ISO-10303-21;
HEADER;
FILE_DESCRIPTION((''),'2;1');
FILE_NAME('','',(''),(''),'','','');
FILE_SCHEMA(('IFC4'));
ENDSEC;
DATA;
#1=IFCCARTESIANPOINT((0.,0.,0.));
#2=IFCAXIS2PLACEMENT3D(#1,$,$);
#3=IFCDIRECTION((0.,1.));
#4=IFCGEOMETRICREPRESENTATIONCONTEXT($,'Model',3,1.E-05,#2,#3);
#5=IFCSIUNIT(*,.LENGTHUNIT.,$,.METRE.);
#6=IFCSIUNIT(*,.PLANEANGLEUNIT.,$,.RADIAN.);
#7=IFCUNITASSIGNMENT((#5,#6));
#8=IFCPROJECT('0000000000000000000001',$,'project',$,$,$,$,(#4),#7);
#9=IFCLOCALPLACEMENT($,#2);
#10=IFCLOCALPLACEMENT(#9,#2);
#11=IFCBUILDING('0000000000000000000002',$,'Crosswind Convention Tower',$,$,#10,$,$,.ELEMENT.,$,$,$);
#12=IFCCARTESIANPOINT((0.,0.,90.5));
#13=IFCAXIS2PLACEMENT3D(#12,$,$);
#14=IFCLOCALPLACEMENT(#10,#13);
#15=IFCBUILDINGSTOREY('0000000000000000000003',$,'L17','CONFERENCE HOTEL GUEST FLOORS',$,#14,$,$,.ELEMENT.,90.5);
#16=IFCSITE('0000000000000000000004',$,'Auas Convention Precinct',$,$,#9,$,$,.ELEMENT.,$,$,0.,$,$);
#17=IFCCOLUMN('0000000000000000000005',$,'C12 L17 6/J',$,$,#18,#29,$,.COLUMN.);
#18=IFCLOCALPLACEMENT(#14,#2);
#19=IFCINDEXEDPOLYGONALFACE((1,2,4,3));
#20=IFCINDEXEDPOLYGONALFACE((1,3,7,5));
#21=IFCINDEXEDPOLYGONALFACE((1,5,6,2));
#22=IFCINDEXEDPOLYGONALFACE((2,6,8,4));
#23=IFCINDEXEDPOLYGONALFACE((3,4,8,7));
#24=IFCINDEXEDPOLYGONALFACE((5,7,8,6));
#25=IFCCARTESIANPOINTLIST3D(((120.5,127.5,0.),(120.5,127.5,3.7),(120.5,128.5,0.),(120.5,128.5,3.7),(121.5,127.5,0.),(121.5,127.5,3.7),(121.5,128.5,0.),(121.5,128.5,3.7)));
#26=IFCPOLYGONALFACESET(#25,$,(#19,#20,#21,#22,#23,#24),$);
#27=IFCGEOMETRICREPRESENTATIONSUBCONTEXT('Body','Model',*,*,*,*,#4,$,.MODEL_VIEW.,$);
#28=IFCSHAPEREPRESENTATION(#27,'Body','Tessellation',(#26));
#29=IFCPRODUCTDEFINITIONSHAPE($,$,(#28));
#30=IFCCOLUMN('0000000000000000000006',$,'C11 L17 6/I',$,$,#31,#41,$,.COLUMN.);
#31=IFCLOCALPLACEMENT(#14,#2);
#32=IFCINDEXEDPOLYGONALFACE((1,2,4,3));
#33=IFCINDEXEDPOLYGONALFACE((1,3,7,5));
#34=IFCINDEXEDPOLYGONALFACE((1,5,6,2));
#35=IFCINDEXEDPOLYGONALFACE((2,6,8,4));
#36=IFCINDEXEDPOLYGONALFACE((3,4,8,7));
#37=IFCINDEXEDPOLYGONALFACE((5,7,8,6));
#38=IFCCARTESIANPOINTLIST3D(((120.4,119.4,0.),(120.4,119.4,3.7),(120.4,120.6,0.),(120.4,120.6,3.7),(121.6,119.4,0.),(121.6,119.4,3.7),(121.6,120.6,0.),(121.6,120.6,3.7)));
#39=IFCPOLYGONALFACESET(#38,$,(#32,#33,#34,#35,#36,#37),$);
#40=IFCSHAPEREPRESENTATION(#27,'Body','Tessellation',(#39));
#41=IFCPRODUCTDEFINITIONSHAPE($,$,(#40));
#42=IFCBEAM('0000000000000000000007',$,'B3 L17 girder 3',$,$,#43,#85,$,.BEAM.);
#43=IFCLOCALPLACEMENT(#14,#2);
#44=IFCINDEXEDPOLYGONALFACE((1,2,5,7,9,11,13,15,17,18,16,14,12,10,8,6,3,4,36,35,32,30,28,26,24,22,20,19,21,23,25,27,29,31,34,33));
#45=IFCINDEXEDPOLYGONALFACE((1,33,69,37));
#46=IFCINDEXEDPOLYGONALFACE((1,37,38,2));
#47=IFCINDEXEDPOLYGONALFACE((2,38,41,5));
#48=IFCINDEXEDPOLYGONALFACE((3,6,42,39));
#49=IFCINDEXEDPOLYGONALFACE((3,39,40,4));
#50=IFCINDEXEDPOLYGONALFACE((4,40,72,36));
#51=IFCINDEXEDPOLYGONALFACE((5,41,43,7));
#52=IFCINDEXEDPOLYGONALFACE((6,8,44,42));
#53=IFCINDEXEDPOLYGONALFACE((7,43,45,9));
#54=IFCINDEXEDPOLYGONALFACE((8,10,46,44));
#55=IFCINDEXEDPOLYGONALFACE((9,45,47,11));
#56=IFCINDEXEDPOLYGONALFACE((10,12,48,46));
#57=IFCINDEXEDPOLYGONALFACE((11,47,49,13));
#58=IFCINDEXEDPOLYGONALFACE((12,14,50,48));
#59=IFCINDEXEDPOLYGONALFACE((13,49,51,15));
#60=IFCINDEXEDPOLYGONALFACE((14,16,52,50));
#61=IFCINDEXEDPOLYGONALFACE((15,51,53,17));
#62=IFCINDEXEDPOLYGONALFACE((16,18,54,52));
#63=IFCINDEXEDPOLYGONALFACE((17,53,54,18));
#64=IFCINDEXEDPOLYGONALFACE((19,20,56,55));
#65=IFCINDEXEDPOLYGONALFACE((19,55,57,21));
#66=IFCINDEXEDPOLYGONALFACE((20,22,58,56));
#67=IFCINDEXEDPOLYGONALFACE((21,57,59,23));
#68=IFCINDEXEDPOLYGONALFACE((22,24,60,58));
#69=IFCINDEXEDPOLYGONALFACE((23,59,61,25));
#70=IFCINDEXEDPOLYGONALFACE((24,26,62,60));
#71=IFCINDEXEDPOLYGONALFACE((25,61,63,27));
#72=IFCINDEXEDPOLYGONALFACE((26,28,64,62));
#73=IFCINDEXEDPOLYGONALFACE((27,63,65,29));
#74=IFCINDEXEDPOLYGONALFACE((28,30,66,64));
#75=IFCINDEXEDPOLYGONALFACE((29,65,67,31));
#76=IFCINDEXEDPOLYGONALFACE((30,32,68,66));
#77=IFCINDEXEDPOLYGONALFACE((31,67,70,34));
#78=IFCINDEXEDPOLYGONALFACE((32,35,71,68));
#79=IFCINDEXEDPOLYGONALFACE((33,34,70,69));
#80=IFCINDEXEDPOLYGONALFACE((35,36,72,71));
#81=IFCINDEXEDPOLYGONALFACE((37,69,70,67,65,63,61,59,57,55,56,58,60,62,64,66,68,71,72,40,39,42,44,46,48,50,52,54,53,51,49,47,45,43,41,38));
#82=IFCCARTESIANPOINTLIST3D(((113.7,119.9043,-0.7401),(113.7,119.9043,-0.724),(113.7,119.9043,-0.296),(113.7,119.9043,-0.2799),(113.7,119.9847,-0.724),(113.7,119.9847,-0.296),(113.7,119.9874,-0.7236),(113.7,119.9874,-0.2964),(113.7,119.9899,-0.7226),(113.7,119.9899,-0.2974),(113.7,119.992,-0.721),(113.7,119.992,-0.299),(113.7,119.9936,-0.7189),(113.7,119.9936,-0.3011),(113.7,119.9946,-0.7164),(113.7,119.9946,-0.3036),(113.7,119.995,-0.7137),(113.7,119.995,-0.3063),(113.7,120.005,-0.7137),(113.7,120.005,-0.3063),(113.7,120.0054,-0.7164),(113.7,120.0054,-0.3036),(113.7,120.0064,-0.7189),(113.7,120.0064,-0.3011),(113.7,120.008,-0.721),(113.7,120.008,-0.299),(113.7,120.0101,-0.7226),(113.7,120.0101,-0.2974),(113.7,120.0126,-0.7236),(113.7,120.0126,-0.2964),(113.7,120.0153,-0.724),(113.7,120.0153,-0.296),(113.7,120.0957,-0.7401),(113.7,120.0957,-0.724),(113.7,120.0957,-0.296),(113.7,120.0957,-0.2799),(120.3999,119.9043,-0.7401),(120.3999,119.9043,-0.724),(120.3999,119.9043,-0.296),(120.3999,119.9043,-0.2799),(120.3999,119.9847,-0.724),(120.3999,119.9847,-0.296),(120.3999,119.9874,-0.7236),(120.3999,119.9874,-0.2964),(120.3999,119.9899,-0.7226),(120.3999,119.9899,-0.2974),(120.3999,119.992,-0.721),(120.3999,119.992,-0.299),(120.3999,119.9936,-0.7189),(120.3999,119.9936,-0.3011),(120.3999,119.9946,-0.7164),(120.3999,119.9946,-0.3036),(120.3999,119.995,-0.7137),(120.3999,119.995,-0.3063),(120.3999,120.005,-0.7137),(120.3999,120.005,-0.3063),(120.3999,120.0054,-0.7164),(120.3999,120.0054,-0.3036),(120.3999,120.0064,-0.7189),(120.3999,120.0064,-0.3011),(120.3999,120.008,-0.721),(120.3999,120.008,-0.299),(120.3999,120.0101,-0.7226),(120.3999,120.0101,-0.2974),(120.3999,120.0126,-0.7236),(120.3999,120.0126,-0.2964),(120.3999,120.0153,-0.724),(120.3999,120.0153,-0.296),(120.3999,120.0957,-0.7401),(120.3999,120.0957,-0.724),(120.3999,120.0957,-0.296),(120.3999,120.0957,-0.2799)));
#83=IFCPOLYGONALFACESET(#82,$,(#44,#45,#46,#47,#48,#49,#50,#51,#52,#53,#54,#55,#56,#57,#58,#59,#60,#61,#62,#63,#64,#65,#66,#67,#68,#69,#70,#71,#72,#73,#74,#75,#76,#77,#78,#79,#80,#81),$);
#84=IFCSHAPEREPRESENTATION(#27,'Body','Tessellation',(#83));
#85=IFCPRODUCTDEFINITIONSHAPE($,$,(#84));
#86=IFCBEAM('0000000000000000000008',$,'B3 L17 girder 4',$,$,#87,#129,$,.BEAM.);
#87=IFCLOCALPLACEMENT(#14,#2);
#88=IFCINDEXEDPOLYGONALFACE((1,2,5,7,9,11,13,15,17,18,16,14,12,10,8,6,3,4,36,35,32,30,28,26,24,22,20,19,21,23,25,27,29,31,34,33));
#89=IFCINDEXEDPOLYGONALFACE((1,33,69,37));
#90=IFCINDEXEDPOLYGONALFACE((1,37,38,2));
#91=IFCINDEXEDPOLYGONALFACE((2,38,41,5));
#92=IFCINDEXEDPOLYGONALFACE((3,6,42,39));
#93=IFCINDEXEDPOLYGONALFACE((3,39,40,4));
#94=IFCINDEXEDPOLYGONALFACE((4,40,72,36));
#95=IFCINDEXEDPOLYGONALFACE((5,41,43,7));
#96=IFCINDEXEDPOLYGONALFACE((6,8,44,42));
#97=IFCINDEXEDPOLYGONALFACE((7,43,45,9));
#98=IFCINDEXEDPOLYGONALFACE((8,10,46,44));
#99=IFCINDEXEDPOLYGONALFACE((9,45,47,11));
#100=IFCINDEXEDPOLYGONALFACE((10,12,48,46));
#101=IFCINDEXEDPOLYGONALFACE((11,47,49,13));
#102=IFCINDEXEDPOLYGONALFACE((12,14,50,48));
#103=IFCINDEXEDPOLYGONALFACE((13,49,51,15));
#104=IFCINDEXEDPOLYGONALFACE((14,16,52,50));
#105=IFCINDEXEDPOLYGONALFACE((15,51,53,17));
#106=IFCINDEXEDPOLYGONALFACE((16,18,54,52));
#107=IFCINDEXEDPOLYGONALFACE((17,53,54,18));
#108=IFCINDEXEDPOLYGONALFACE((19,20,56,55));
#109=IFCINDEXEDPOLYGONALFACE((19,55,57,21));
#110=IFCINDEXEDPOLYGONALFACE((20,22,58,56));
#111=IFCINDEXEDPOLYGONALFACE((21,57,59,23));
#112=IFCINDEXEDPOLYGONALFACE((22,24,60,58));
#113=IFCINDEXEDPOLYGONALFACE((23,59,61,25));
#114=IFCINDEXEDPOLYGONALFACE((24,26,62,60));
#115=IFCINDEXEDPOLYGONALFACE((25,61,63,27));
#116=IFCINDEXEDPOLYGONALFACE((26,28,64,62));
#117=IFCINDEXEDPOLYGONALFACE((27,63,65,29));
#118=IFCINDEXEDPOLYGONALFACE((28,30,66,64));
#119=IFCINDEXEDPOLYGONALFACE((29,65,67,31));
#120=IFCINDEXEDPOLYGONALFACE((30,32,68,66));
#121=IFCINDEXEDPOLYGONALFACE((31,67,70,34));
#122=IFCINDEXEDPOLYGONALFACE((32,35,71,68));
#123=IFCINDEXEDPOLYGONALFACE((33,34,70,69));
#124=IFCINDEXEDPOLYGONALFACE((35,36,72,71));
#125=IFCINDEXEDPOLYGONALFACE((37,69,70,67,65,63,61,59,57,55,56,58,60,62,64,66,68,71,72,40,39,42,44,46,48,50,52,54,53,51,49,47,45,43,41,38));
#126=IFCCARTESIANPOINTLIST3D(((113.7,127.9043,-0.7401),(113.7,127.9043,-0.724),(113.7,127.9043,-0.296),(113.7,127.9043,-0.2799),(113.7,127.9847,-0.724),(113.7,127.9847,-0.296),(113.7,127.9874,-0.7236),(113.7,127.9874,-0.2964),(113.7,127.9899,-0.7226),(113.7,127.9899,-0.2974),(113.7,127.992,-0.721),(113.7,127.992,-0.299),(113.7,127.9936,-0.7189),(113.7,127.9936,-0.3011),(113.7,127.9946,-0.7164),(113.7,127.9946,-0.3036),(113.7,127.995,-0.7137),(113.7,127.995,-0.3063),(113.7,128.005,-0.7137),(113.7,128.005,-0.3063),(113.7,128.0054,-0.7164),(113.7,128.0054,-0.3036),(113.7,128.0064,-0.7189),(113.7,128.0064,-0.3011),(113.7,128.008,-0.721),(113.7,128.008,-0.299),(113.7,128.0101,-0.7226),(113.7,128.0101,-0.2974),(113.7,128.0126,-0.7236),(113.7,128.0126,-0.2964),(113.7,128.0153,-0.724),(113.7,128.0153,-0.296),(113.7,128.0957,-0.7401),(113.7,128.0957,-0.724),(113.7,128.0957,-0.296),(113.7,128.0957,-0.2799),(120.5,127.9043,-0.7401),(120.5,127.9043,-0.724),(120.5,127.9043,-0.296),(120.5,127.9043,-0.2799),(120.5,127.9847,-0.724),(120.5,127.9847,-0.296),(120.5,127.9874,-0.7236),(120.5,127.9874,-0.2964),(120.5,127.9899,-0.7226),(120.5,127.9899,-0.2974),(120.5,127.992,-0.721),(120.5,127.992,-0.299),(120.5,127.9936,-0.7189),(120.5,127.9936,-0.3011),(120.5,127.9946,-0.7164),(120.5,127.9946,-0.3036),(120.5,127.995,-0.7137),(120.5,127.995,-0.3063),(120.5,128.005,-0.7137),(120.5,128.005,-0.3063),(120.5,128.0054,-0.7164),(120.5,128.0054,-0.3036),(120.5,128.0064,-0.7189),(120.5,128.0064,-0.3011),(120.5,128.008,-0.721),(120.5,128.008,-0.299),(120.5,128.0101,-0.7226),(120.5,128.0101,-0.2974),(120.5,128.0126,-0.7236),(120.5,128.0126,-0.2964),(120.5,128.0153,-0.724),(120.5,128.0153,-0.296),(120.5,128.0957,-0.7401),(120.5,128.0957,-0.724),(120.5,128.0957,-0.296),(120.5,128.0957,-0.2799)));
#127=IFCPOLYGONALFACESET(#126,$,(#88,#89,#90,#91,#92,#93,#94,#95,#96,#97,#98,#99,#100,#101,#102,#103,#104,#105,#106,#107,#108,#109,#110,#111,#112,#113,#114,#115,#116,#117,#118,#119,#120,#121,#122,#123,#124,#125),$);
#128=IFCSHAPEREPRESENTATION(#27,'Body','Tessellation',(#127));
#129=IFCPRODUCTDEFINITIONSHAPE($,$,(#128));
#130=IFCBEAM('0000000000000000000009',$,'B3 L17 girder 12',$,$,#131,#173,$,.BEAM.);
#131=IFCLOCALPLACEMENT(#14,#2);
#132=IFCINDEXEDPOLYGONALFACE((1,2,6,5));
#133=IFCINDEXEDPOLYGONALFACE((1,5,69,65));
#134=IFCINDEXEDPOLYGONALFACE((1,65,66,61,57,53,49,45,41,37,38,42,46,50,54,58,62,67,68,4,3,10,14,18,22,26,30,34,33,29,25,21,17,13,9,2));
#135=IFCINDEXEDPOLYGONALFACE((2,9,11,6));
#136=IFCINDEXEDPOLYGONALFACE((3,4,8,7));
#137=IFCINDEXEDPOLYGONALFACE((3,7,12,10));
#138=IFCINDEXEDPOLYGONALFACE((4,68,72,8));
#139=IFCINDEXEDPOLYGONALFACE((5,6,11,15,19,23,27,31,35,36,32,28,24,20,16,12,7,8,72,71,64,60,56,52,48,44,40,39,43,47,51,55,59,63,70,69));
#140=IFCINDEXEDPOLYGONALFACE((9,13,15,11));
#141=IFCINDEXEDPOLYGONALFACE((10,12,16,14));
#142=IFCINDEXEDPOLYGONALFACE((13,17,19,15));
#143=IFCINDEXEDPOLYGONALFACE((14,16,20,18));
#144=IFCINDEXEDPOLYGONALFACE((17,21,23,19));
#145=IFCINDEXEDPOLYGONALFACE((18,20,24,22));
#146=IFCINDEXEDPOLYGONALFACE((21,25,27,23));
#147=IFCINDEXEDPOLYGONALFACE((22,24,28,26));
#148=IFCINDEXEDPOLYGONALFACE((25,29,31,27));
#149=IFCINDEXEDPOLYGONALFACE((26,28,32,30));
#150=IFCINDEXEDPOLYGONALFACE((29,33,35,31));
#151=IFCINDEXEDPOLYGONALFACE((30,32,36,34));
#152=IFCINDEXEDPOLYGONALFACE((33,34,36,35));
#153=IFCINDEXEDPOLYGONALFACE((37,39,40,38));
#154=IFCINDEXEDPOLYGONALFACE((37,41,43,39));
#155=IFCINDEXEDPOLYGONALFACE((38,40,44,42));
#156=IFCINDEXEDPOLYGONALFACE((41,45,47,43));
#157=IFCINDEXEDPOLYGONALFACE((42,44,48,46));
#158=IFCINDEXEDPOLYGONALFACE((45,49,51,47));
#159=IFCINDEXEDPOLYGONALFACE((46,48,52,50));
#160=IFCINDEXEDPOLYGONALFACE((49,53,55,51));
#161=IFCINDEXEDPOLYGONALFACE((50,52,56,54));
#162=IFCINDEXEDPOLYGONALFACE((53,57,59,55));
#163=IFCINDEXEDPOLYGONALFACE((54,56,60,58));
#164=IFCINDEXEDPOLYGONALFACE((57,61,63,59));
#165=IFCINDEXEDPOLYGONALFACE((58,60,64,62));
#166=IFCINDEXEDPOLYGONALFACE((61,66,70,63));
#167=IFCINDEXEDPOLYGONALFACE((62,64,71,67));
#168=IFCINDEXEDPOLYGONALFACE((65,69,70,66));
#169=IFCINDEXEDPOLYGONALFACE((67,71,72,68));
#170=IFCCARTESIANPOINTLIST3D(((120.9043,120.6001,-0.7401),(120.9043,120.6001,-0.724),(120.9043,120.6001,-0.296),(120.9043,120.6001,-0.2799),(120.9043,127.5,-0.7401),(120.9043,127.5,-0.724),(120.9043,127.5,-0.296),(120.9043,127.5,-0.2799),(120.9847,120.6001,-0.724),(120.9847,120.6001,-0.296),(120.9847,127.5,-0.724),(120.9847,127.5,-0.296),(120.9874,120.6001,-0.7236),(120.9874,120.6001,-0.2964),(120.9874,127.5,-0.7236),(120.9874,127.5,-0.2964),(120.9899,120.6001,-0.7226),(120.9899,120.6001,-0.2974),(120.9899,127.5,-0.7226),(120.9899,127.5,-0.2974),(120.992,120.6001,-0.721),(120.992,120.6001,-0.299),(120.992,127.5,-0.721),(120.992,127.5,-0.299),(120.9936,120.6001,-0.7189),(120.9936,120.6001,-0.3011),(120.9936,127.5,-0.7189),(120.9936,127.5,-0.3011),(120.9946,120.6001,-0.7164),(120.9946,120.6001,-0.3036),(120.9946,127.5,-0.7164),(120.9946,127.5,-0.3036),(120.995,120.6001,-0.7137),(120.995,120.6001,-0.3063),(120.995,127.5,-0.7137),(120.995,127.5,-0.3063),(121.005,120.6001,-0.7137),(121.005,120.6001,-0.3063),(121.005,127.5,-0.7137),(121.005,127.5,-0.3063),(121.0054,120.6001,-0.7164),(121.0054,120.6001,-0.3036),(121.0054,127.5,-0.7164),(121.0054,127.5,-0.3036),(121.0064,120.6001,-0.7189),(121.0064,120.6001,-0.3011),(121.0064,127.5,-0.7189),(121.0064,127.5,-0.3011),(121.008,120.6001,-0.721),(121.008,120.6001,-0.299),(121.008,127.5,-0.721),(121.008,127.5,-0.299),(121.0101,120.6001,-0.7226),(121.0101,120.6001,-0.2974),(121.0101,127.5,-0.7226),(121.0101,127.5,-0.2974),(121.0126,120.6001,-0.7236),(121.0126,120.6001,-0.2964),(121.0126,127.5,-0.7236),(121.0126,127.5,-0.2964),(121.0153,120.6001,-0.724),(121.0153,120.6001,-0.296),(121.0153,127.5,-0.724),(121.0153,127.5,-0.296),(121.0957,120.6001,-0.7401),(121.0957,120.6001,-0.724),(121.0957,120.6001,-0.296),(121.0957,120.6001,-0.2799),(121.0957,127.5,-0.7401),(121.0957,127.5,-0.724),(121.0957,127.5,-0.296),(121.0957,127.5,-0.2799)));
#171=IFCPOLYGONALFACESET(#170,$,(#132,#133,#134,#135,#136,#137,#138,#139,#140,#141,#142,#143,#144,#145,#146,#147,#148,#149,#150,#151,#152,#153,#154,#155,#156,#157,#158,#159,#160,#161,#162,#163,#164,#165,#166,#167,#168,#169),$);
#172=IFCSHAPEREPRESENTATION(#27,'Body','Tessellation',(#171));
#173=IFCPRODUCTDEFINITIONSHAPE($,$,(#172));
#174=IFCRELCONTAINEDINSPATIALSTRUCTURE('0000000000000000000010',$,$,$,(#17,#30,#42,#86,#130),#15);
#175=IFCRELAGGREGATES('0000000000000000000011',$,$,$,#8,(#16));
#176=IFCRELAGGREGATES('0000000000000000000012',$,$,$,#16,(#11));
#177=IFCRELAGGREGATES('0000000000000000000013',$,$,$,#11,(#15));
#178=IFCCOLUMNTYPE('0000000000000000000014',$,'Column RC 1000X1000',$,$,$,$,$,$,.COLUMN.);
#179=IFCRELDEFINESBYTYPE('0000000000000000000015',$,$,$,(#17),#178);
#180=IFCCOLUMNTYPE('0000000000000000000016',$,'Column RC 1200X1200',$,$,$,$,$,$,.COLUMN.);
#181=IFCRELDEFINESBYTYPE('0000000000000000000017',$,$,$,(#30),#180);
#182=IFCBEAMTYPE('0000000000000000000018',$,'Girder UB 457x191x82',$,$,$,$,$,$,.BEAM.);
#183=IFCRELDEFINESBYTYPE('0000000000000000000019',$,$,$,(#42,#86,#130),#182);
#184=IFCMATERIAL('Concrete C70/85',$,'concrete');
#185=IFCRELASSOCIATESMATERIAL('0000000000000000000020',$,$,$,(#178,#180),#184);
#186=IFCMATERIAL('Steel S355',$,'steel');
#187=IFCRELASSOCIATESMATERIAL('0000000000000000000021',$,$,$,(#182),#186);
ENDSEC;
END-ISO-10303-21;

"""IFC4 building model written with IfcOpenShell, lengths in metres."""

from ifc_helpers import new_model, si_unit, direction, frame, origin, origin_2d, place, context, subcontext, project, spatial, rectangle, i_section, extrude, material, material_profile, profile_set, type_object, element, save


model = new_model("IFC4")

# Units and contexts
model_context = context("Model", 3, precision=1e-05, world=origin(), true_north=direction((0.0, 1.0)))
body_context = subcontext(model_context, "Body", "Model", "MODEL_VIEW")
ifc_project = project(units=[si_unit("LENGTHUNIT", "METRE"), si_unit("PLANEANGLEUNIT", "RADIAN")], contexts=[model_context])

# Site, building, storey
site_placement = place(None, origin())
site = spatial("IfcSite", under=ifc_project, at=site_placement, Name="Auas Convention Precinct", CompositionType="ELEMENT", RefElevation=0.0)
building_placement = place(site_placement, origin())
building = spatial("IfcBuilding", under=site, at=building_placement, Name="Crosswind Convention Tower", CompositionType="ELEMENT")
storey_placement = place(building_placement, frame((0.0, 0.0, 90.5)))
storey = spatial("IfcBuildingStorey", under=building, at=storey_placement, Name="L17", Description="CONFERENCE HOTEL GUEST FLOORS", CompositionType="ELEMENT", Elevation=90.5)

# Columns
ifc_material_1 = material(Name="Concrete C70/85", Category="concrete")
ifc_material_profile_1 = material_profile(ifc_material_1, rectangle(XDim=1.0, YDim=1.0, at=origin_2d()), Name="RC 1000X1000")
ifc_profile_set_1 = profile_set([ifc_material_profile_1], Name="Concrete C70/85")
column_type_1 = type_object("IfcColumnType", Name="Column RC 1000X1000", PredefinedType="COLUMN", material=ifc_profile_set_1)
column_1_placement = place(storey_placement, frame((121.0, 128.0, 0.0), z_axis=(0.0, 0.0, 1.0), x_axis=(1.0, 0.0, 0.0)))
element("IfcColumn", 1, at=column_1_placement, inside=storey, type_object=column_type_1, Name="C12 L17 6/J", PredefinedType="COLUMN", context=body_context, shape_type="SweptSolid", body=[
    extrude(rectangle(XDim=1.0, YDim=1.0, at=origin_2d()), origin(), (0.0, 0.0, 1.0), 3.7),
])
ifc_material_profile_2 = material_profile(ifc_material_1, rectangle(XDim=1.2, YDim=1.2, at=origin_2d()), Name="RC 1200X1200")
ifc_profile_set_2 = profile_set([ifc_material_profile_2], Name="Concrete C70/85")
column_type_2 = type_object("IfcColumnType", Name="Column RC 1200X1200", PredefinedType="COLUMN", material=ifc_profile_set_2)
column_2_placement = place(storey_placement, frame((121.0, 120.0, 0.0), z_axis=(0.0, 0.0, 1.0), x_axis=(1.0, 0.0, 0.0)))
element("IfcColumn", 2, at=column_2_placement, inside=storey, type_object=column_type_2, Name="C11 L17 6/I", PredefinedType="COLUMN", context=body_context, shape_type="SweptSolid", body=[
    extrude(rectangle(XDim=1.2, YDim=1.2, at=origin_2d()), origin(), (0.0, 0.0, 1.0), 3.7),
])

# Beams
ifc_material_2 = material(Name="Steel S355", Category="steel")
ifc_material_profile_3 = material_profile(ifc_material_2, i_section(OverallWidth=0.1914, OverallDepth=0.4602, WebThickness=0.01, FlangeThickness=0.0161, FilletRadius=0.0103, at=origin_2d()), Name="UB 457x191x82")
ifc_profile_set_3 = profile_set([ifc_material_profile_3], Name="Steel S355")
beam_type_1 = type_object("IfcBeamType", Name="Girder UB 457x191x82", PredefinedType="BEAM", material=ifc_profile_set_3)
beam_1_placement = place(storey_placement, frame((113.7, 120.0, -0.51), z_axis=(1.0, 0.0, 0.0), x_axis=(0.0, 1.0, 0.0)))
element("IfcBeam", 3, at=beam_1_placement, inside=storey, type_object=beam_type_1, Name="B3 L17 girder 3", PredefinedType="BEAM", context=body_context, shape_type="SweptSolid", body=[
    extrude(i_section(OverallWidth=0.1914, OverallDepth=0.4602, WebThickness=0.01, FlangeThickness=0.0161, FilletRadius=0.0103, at=origin_2d()), origin(), (0.0, 0.0, 1.0), 6.7),
])
beam_2_placement = place(storey_placement, frame((113.7, 128.0, -0.51), z_axis=(1.0, 0.0, 0.0), x_axis=(0.0, 1.0, 0.0)))
element("IfcBeam", 4, at=beam_2_placement, inside=storey, type_object=beam_type_1, Name="B3 L17 girder 4", PredefinedType="BEAM", context=body_context, shape_type="SweptSolid", body=[
    extrude(i_section(OverallWidth=0.1914, OverallDepth=0.4602, WebThickness=0.01, FlangeThickness=0.0161, FilletRadius=0.0103, at=origin_2d()), origin(), (0.0, 0.0, 1.0), 6.8),
])
beam_3_placement = place(storey_placement, frame((121.0, 120.6001, -0.51), z_axis=(0.0, 1.0, 0.0), x_axis=(-1.0, 0.0, 0.0)))
element("IfcBeam", 5, at=beam_3_placement, inside=storey, type_object=beam_type_1, Name="B3 L17 girder 12", PredefinedType="BEAM", context=body_context, shape_type="SweptSolid", body=[
    extrude(i_section(OverallWidth=0.1914, OverallDepth=0.4602, WebThickness=0.01, FlangeThickness=0.0161, FilletRadius=0.0103, at=origin_2d()), origin(), (0.0, 0.0, 1.0), 6.8999),
])

save(model, "model.ifc")
